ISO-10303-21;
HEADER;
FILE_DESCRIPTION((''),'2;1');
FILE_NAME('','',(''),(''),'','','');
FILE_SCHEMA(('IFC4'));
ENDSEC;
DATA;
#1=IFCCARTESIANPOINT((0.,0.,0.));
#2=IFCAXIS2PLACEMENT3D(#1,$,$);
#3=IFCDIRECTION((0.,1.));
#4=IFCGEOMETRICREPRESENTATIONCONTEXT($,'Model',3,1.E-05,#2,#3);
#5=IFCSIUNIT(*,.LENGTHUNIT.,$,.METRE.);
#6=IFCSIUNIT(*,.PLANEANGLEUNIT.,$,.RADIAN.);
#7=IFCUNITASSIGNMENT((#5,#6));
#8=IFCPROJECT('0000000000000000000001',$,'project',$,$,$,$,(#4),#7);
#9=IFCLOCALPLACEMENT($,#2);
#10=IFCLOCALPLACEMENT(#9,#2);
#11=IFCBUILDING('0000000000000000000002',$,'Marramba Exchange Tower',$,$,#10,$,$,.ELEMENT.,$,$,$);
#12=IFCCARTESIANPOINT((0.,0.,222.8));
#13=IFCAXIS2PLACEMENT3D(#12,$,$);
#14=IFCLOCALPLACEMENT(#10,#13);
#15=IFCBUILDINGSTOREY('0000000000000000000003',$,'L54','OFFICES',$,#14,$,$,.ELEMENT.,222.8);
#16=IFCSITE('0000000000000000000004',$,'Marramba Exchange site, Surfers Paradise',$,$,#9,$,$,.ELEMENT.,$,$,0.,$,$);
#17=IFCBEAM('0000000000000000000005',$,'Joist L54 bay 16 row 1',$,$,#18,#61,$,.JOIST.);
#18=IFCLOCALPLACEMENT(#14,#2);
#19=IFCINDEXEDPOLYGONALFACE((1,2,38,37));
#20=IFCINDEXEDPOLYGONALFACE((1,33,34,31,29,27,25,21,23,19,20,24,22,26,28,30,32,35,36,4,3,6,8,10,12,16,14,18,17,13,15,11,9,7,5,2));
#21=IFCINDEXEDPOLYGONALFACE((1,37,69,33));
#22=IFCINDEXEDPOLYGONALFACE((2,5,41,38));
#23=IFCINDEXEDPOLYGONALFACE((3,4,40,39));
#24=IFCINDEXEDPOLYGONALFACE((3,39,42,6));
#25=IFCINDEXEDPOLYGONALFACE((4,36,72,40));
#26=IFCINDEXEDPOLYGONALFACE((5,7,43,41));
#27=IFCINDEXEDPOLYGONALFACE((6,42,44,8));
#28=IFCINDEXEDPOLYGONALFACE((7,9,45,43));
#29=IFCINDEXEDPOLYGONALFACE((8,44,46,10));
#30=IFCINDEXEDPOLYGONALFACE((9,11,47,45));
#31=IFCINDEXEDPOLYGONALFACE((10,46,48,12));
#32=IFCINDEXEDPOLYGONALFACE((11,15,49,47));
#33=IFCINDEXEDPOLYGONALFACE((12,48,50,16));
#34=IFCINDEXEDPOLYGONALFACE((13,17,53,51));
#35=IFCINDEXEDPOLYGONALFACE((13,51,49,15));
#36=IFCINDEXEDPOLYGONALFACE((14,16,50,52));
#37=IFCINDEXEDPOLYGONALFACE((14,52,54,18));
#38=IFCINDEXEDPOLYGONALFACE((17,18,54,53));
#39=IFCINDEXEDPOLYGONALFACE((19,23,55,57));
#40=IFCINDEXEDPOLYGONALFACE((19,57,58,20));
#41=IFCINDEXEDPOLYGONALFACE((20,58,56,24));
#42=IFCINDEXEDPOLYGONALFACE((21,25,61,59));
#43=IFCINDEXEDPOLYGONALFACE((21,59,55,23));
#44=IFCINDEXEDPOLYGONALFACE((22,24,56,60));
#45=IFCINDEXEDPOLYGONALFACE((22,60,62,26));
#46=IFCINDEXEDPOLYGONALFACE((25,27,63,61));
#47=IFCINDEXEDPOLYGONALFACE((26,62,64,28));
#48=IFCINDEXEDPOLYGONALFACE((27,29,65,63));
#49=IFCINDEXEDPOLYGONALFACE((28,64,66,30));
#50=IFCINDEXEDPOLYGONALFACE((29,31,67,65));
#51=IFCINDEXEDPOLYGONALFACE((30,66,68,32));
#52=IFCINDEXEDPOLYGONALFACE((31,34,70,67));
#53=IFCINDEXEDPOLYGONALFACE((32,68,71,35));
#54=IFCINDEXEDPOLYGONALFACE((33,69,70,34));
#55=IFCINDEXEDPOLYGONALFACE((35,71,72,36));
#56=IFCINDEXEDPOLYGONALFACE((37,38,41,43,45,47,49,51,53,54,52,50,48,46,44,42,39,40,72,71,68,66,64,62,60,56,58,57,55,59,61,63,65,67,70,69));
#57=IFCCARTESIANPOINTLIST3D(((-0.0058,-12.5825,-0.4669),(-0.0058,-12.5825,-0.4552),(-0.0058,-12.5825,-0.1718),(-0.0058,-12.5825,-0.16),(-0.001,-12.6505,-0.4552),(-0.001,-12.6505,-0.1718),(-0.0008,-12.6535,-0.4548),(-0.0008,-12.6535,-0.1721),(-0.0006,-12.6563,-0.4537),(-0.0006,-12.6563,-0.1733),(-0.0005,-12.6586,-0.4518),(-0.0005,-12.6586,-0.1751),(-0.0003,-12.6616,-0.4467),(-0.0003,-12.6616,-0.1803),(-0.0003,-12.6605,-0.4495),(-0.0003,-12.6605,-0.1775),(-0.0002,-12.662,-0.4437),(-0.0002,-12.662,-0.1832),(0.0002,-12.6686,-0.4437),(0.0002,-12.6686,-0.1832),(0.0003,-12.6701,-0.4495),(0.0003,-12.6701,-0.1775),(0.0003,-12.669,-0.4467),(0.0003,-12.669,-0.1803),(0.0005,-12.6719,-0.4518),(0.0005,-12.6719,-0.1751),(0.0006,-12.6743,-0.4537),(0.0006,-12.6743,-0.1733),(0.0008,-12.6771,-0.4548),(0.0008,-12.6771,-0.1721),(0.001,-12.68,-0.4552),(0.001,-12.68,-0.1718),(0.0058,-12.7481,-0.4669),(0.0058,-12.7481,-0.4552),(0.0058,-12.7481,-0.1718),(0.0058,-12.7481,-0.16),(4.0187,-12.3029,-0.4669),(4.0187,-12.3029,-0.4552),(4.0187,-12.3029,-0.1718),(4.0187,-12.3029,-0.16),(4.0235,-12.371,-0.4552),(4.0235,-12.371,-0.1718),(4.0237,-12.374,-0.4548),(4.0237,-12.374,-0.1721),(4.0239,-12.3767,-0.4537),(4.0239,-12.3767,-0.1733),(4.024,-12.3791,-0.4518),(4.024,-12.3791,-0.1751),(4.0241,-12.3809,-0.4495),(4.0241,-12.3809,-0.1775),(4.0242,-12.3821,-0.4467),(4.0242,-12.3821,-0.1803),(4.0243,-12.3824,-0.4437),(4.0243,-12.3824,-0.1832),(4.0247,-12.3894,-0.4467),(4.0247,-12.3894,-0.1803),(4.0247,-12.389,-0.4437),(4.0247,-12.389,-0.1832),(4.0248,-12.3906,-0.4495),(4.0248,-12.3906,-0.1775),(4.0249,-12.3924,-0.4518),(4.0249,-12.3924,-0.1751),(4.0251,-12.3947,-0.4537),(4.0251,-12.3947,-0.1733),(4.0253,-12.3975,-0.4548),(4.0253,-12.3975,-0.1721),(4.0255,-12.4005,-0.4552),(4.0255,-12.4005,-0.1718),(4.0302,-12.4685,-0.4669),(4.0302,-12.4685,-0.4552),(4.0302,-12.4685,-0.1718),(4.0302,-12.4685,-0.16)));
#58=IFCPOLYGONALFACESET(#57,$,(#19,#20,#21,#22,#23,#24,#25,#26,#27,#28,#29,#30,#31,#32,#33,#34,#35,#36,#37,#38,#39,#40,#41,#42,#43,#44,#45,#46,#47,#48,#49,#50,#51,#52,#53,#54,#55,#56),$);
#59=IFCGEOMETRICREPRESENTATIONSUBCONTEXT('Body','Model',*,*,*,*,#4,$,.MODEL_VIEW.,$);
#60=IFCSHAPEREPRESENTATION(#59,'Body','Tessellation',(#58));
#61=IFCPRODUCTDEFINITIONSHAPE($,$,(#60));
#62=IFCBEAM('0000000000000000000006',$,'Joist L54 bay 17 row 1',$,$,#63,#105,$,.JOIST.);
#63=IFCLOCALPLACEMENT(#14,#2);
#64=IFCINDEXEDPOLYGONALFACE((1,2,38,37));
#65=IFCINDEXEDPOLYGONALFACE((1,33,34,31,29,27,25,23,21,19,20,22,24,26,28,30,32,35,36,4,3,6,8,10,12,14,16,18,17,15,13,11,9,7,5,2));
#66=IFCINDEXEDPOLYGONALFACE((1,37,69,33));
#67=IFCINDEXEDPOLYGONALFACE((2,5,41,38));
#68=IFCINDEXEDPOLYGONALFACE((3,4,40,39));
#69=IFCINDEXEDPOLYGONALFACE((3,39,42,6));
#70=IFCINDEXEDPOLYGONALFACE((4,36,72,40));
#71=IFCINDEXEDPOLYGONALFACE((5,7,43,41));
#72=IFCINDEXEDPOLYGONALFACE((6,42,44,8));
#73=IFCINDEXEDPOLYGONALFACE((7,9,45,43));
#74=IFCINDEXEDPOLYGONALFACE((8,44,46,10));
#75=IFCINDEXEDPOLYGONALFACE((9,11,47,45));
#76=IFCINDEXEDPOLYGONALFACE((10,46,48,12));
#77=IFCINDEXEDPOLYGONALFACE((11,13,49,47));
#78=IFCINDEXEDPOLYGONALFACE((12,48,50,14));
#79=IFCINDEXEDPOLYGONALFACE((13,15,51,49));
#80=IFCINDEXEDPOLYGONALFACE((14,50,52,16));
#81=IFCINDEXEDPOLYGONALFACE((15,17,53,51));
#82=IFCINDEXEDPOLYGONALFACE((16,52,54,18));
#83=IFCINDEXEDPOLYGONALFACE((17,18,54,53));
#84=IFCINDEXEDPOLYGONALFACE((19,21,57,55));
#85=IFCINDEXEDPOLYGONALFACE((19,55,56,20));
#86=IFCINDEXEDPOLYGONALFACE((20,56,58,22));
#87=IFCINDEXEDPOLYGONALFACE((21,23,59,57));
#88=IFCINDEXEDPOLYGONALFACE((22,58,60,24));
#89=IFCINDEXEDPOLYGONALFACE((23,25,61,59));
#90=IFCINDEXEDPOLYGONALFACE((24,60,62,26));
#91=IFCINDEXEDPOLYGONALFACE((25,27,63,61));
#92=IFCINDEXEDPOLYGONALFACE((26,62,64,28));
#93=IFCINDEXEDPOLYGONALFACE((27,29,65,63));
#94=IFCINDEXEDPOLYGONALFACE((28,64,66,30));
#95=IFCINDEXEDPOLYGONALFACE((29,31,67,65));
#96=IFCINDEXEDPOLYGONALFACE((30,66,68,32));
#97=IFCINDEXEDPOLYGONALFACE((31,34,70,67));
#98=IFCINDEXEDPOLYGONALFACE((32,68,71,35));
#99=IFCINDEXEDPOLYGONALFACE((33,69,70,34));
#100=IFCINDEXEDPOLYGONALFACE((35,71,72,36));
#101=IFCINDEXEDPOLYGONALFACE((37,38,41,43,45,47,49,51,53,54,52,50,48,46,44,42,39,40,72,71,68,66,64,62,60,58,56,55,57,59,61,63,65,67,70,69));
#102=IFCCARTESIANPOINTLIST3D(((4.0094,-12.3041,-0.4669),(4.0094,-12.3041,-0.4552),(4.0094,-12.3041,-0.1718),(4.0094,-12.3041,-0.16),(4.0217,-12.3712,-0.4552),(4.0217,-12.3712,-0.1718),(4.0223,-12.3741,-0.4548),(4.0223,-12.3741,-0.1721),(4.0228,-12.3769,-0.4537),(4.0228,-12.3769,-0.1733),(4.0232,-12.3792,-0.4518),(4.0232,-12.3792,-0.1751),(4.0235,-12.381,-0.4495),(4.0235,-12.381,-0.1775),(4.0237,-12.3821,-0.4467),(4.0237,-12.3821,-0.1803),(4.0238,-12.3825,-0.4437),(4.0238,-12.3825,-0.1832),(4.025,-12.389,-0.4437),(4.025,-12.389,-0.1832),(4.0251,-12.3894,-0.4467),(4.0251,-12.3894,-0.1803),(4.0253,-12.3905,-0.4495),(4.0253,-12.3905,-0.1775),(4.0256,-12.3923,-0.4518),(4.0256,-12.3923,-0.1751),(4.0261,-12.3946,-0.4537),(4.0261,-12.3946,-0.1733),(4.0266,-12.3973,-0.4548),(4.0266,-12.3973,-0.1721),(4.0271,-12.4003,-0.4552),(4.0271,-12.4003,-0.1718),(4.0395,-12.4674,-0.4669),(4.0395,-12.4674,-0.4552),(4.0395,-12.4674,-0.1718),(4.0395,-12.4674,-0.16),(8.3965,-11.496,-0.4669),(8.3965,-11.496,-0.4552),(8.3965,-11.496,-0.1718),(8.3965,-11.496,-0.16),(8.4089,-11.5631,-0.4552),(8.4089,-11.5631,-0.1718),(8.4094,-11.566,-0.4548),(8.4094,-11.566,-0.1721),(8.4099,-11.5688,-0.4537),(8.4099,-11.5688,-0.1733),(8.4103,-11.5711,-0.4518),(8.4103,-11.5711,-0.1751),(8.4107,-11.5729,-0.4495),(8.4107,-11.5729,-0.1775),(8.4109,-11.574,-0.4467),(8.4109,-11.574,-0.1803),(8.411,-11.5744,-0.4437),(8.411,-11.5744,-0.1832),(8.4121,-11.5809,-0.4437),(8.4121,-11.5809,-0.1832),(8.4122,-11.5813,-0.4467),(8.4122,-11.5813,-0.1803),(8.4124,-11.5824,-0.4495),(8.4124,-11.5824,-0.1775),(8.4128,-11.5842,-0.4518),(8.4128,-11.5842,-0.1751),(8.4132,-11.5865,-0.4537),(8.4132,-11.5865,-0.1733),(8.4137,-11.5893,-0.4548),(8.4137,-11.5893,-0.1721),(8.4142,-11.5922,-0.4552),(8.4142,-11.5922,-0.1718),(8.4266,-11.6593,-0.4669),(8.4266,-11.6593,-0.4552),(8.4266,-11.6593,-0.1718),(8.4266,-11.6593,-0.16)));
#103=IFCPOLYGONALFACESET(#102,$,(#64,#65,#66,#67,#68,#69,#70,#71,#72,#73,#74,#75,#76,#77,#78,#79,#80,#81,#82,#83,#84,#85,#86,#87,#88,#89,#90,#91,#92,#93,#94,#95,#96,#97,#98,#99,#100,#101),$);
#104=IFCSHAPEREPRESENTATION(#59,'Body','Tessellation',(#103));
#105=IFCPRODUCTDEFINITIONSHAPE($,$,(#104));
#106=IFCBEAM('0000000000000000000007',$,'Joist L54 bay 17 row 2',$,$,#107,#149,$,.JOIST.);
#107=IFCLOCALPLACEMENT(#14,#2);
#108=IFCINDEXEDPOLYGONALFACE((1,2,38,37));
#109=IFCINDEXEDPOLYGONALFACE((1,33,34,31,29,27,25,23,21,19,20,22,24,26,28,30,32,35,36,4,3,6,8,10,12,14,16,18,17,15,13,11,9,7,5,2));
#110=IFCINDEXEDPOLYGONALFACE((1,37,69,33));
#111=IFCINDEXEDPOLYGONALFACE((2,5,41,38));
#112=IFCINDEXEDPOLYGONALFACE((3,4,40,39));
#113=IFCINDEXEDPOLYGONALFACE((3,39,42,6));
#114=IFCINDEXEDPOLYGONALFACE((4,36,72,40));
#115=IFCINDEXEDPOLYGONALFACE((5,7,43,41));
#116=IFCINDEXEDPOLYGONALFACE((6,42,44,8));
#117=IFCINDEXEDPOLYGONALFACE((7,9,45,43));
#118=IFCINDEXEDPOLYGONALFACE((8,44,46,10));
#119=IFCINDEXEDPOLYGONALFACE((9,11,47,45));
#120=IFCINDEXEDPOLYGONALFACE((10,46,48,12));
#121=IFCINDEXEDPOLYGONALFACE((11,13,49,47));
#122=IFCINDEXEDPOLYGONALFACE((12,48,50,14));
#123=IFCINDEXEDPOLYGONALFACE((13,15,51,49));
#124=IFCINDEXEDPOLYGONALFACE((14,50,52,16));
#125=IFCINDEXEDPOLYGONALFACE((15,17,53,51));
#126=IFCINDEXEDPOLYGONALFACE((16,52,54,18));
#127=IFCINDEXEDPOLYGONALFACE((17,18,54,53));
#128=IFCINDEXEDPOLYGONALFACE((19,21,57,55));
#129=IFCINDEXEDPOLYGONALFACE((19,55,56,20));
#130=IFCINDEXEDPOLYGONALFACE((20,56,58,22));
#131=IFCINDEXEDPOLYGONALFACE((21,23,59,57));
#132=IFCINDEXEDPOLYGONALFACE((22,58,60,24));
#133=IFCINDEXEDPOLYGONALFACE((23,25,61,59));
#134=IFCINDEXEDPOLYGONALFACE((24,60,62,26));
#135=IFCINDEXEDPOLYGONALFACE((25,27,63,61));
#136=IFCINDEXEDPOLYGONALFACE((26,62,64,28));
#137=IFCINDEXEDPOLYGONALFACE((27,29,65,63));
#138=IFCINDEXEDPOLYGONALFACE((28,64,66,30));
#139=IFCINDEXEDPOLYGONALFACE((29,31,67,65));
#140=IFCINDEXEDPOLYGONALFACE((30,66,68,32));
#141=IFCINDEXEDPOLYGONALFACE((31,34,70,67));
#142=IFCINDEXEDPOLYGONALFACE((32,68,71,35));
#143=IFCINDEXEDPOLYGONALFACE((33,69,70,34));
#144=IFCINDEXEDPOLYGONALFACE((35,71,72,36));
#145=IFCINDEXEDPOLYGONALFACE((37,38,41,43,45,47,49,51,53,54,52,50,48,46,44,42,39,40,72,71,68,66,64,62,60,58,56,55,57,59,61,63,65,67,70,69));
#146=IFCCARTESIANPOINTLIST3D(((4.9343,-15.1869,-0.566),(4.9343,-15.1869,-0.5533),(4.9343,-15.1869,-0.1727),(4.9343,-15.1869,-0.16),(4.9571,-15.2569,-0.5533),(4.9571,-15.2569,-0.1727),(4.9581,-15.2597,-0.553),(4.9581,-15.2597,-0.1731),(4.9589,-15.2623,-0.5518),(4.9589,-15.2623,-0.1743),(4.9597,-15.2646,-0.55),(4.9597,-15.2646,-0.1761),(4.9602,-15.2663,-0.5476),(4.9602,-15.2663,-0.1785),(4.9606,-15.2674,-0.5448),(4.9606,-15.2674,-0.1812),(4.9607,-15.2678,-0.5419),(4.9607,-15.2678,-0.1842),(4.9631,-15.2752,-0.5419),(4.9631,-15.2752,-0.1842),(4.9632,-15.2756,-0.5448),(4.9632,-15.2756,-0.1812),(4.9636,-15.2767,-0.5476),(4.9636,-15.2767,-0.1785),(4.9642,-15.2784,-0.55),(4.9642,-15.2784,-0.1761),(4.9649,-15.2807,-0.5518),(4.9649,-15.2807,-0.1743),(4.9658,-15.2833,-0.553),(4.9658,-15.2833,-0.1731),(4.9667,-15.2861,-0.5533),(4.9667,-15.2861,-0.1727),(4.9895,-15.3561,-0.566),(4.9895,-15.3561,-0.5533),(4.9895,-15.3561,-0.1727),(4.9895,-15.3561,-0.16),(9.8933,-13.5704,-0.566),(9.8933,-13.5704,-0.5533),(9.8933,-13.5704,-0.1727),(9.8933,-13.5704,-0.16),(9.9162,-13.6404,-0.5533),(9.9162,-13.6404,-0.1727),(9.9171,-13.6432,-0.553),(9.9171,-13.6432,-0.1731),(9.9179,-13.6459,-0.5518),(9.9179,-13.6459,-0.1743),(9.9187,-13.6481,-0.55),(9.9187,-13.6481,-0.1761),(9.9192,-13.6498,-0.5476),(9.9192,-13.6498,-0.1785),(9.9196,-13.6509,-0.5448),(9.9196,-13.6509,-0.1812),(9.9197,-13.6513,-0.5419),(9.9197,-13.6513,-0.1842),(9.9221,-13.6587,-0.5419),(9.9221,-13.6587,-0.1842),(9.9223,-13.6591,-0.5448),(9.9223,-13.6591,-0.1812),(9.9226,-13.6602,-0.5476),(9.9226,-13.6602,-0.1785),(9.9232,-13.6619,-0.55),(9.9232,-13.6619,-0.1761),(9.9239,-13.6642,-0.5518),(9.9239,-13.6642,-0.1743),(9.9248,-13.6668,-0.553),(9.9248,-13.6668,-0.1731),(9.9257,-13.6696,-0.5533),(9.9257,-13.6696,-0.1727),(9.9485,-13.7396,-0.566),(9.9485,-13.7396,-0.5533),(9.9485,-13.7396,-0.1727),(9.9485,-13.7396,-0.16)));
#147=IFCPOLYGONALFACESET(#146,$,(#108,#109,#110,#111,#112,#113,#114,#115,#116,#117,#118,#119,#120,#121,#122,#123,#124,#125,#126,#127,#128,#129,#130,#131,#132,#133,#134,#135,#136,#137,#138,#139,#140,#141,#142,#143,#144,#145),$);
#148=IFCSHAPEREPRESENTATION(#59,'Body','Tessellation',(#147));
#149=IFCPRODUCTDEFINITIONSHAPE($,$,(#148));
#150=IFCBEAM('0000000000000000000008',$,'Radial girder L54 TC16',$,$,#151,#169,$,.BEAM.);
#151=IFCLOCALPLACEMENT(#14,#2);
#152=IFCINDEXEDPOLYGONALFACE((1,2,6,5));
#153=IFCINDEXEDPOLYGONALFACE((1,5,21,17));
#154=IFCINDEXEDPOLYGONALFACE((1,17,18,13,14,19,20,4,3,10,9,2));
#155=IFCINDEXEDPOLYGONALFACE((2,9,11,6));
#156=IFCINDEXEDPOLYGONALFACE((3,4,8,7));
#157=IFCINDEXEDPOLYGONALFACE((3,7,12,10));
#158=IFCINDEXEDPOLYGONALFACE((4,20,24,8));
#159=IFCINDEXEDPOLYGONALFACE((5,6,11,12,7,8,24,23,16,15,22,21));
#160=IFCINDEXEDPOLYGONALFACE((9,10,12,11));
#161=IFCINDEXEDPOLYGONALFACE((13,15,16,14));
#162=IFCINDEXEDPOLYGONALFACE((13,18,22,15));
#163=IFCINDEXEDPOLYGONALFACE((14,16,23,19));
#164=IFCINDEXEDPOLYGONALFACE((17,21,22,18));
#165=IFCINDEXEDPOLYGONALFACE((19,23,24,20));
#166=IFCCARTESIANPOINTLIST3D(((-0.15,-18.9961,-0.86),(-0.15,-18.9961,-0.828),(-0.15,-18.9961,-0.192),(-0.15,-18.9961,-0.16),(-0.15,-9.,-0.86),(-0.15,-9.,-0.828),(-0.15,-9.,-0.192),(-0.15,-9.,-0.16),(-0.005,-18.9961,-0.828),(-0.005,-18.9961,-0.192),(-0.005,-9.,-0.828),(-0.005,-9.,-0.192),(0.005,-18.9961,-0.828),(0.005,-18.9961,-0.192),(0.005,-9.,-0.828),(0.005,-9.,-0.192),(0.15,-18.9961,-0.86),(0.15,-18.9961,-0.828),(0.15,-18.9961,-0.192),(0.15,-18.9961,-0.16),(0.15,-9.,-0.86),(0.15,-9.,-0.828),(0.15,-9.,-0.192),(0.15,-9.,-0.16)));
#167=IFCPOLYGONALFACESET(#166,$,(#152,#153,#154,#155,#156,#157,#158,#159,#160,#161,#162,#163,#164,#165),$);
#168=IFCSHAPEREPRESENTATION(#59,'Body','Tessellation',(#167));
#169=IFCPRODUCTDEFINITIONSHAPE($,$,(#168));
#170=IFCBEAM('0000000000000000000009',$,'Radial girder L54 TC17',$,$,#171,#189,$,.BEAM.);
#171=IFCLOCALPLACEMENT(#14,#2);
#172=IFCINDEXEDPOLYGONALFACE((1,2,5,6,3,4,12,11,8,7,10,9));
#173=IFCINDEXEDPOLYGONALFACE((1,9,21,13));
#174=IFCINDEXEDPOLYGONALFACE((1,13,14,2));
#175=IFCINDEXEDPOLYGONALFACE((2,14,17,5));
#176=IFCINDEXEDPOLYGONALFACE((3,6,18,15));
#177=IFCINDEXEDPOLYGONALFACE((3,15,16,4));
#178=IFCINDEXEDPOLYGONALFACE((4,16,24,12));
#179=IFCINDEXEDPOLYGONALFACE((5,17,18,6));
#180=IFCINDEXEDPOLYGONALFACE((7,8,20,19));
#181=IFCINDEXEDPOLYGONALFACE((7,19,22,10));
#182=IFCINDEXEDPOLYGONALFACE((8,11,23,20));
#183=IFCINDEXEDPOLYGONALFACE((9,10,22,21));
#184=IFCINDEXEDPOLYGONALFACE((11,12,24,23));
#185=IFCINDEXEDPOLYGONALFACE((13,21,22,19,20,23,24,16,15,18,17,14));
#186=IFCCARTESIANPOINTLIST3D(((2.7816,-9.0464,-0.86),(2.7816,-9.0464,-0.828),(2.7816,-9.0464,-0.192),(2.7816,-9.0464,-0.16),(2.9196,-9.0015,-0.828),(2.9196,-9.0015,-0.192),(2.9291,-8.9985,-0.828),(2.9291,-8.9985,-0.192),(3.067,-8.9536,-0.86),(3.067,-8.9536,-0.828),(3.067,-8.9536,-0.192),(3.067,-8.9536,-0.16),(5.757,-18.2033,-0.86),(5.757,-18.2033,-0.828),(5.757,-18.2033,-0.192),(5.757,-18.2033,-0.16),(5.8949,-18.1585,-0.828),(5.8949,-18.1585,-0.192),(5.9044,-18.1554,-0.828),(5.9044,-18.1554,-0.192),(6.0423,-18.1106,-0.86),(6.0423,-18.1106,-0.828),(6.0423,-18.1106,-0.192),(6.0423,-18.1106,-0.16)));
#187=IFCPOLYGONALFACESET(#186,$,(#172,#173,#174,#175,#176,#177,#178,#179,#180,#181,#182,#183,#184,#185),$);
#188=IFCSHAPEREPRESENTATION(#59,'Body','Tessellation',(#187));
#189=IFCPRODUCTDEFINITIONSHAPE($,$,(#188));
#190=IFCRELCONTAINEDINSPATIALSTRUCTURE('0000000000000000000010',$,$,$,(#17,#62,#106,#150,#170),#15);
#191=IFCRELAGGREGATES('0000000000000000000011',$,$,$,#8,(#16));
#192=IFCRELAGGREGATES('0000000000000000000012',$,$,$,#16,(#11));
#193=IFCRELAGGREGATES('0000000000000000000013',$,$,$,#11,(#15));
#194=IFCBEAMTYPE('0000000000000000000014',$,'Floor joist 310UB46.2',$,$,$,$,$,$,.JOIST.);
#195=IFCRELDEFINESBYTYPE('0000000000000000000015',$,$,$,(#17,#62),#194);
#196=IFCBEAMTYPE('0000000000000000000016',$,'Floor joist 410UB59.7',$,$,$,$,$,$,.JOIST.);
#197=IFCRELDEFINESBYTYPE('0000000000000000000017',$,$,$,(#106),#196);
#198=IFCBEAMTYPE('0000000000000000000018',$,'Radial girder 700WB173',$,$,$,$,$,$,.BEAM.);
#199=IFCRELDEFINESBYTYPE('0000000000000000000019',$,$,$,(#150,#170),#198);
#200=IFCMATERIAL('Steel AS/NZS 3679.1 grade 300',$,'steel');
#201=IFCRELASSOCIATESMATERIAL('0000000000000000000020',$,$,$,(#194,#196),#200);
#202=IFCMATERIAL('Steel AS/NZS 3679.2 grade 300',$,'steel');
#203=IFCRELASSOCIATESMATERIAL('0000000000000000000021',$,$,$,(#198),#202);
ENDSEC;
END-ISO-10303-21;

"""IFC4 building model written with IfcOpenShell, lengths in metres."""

from ifc_helpers import new_model, si_unit, direction, frame, origin, origin_2d, place, context, subcontext, project, spatial, i_section, extrude, material, material_profile, profile_set, type_object, element, save


model = new_model("IFC4")

# Units and contexts
model_context = context("Model", 3, precision=1e-05, world=origin(), true_north=direction((0.0, 1.0)))
body_context = subcontext(model_context, "Body", "Model", "MODEL_VIEW")
ifc_project = project(units=[si_unit("LENGTHUNIT", "METRE"), si_unit("PLANEANGLEUNIT", "RADIAN")], contexts=[model_context])

# Site, building, storey
site_placement = place(None, origin())
site = spatial("IfcSite", under=ifc_project, at=site_placement, Name="Marramba Exchange site, Surfers Paradise", CompositionType="ELEMENT", RefElevation=0.0)
building_placement = place(site_placement, origin())
building = spatial("IfcBuilding", under=site, at=building_placement, Name="Marramba Exchange Tower", CompositionType="ELEMENT")
storey_placement = place(building_placement, frame((0.0, 0.0, 222.8)))
storey = spatial("IfcBuildingStorey", under=building, at=storey_placement, Name="L54", Description="OFFICES", CompositionType="ELEMENT", Elevation=222.8)

# Beams
ifc_material_1 = material(Name="Steel AS/NZS 3679.1 grade 300", Category="steel")
ifc_material_profile_1 = material_profile(ifc_material_1, i_section(OverallWidth=0.166, OverallDepth=0.3069, WebThickness=0.0066, FlangeThickness=0.0117, FilletRadius=0.0115, at=origin_2d()), Name="310UB46.2")
ifc_profile_set_1 = profile_set([ifc_material_profile_1], Name="Steel AS/NZS 3679.1 grade 300")
beam_type_1 = type_object("IfcBeamType", Name="Floor joist 310UB46.2", PredefinedType="JOIST", material=ifc_profile_set_1)
beam_1_placement = place(storey_placement, frame((0.0, -12.6653, -0.3135), z_axis=(0.997596, 0.069294, 0.0), x_axis=(-0.069294, 0.997596, 0.0)))
element("IfcBeam", 1, at=beam_1_placement, inside=storey, type_object=beam_type_1, Name="Joist L54 bay 16 row 1", PredefinedType="JOIST", context=body_context, shape_type="SweptSolid", body=[
    extrude(i_section(OverallWidth=0.166, OverallDepth=0.3069, WebThickness=0.0066, FlangeThickness=0.0117, FilletRadius=0.0115, at=origin_2d()), origin(), (0.0, 0.0, 1.0), 4.0342),
])
beam_2_placement = place(storey_placement, frame((4.0244, -12.3857, -0.3135), z_axis=(0.983456, 0.181149, 0.0), x_axis=(-0.181149, 0.983456, 0.0)))
element("IfcBeam", 2, at=beam_2_placement, inside=storey, type_object=beam_type_1, Name="Joist L54 bay 17 row 1", PredefinedType="JOIST", context=body_context, shape_type="SweptSolid", body=[
    extrude(i_section(OverallWidth=0.166, OverallDepth=0.3069, WebThickness=0.0066, FlangeThickness=0.0117, FilletRadius=0.0115, at=origin_2d()), origin(), (0.0, 0.0, 1.0), 4.4609),
])
ifc_material_profile_2 = material_profile(ifc_material_1, i_section(OverallWidth=0.178, OverallDepth=0.406, WebThickness=0.0078, FlangeThickness=0.0127, FilletRadius=0.0115, at=origin_2d()), Name="410UB59.7")
ifc_profile_set_2 = profile_set([ifc_material_profile_2], Name="Steel AS/NZS 3679.1 grade 300")
beam_type_2 = type_object("IfcBeamType", Name="Floor joist 410UB59.7", PredefinedType="JOIST", material=ifc_profile_set_2)
beam_3_placement = place(storey_placement, frame((4.9619, -15.2715, -0.363), z_axis=(0.950764, 0.309916, 0.0), x_axis=(-0.309916, 0.950764, 0.0)))
element("IfcBeam", 3, at=beam_3_placement, inside=storey, type_object=beam_type_2, Name="Joist L54 bay 17 row 2", PredefinedType="JOIST", context=body_context, shape_type="SweptSolid", body=[
    extrude(i_section(OverallWidth=0.178, OverallDepth=0.406, WebThickness=0.0078, FlangeThickness=0.0127, FilletRadius=0.0115, at=origin_2d()), origin(), (0.0, 0.0, 1.0), 5.2158),
])
ifc_material_2 = material(Name="Steel AS/NZS 3679.2 grade 300", Category="steel")
ifc_material_profile_3 = material_profile(ifc_material_2, i_section(OverallWidth=0.3, OverallDepth=0.7, WebThickness=0.01, FlangeThickness=0.032, at=origin_2d()), Name="700WB173")
ifc_profile_set_3 = profile_set([ifc_material_profile_3], Name="Steel AS/NZS 3679.2 grade 300")
beam_type_3 = type_object("IfcBeamType", Name="Radial girder 700WB173", PredefinedType="BEAM", material=ifc_profile_set_3)
beam_4_placement = place(storey_placement, frame((0.0, -9.0, -0.51), z_axis=(0.0, -1.0, 0.0), x_axis=(1.0, 0.0, 0.0)))
element("IfcBeam", 4, at=beam_4_placement, inside=storey, type_object=beam_type_3, Name="Radial girder L54 TC16", PredefinedType="BEAM", context=body_context, shape_type="SweptSolid", body=[
    extrude(i_section(OverallWidth=0.3, OverallDepth=0.7, WebThickness=0.01, FlangeThickness=0.032, at=origin_2d()), origin(), (0.0, 0.0, 1.0), 9.9961),
])
beam_5_placement = place(storey_placement, frame((2.9243, -9.0, -0.51), z_axis=(0.309022, -0.951055, 0.0), x_axis=(0.951055, 0.309022, 0.0)))
element("IfcBeam", 5, at=beam_5_placement, inside=storey, type_object=beam_type_3, Name="Radial girder L54 TC17", PredefinedType="BEAM", context=body_context, shape_type="SweptSolid", body=[
    extrude(i_section(OverallWidth=0.3, OverallDepth=0.7, WebThickness=0.01, FlangeThickness=0.032, at=origin_2d()), origin(), (0.0, 0.0, 1.0), 9.6282),
])

save(model, "model.ifc")
